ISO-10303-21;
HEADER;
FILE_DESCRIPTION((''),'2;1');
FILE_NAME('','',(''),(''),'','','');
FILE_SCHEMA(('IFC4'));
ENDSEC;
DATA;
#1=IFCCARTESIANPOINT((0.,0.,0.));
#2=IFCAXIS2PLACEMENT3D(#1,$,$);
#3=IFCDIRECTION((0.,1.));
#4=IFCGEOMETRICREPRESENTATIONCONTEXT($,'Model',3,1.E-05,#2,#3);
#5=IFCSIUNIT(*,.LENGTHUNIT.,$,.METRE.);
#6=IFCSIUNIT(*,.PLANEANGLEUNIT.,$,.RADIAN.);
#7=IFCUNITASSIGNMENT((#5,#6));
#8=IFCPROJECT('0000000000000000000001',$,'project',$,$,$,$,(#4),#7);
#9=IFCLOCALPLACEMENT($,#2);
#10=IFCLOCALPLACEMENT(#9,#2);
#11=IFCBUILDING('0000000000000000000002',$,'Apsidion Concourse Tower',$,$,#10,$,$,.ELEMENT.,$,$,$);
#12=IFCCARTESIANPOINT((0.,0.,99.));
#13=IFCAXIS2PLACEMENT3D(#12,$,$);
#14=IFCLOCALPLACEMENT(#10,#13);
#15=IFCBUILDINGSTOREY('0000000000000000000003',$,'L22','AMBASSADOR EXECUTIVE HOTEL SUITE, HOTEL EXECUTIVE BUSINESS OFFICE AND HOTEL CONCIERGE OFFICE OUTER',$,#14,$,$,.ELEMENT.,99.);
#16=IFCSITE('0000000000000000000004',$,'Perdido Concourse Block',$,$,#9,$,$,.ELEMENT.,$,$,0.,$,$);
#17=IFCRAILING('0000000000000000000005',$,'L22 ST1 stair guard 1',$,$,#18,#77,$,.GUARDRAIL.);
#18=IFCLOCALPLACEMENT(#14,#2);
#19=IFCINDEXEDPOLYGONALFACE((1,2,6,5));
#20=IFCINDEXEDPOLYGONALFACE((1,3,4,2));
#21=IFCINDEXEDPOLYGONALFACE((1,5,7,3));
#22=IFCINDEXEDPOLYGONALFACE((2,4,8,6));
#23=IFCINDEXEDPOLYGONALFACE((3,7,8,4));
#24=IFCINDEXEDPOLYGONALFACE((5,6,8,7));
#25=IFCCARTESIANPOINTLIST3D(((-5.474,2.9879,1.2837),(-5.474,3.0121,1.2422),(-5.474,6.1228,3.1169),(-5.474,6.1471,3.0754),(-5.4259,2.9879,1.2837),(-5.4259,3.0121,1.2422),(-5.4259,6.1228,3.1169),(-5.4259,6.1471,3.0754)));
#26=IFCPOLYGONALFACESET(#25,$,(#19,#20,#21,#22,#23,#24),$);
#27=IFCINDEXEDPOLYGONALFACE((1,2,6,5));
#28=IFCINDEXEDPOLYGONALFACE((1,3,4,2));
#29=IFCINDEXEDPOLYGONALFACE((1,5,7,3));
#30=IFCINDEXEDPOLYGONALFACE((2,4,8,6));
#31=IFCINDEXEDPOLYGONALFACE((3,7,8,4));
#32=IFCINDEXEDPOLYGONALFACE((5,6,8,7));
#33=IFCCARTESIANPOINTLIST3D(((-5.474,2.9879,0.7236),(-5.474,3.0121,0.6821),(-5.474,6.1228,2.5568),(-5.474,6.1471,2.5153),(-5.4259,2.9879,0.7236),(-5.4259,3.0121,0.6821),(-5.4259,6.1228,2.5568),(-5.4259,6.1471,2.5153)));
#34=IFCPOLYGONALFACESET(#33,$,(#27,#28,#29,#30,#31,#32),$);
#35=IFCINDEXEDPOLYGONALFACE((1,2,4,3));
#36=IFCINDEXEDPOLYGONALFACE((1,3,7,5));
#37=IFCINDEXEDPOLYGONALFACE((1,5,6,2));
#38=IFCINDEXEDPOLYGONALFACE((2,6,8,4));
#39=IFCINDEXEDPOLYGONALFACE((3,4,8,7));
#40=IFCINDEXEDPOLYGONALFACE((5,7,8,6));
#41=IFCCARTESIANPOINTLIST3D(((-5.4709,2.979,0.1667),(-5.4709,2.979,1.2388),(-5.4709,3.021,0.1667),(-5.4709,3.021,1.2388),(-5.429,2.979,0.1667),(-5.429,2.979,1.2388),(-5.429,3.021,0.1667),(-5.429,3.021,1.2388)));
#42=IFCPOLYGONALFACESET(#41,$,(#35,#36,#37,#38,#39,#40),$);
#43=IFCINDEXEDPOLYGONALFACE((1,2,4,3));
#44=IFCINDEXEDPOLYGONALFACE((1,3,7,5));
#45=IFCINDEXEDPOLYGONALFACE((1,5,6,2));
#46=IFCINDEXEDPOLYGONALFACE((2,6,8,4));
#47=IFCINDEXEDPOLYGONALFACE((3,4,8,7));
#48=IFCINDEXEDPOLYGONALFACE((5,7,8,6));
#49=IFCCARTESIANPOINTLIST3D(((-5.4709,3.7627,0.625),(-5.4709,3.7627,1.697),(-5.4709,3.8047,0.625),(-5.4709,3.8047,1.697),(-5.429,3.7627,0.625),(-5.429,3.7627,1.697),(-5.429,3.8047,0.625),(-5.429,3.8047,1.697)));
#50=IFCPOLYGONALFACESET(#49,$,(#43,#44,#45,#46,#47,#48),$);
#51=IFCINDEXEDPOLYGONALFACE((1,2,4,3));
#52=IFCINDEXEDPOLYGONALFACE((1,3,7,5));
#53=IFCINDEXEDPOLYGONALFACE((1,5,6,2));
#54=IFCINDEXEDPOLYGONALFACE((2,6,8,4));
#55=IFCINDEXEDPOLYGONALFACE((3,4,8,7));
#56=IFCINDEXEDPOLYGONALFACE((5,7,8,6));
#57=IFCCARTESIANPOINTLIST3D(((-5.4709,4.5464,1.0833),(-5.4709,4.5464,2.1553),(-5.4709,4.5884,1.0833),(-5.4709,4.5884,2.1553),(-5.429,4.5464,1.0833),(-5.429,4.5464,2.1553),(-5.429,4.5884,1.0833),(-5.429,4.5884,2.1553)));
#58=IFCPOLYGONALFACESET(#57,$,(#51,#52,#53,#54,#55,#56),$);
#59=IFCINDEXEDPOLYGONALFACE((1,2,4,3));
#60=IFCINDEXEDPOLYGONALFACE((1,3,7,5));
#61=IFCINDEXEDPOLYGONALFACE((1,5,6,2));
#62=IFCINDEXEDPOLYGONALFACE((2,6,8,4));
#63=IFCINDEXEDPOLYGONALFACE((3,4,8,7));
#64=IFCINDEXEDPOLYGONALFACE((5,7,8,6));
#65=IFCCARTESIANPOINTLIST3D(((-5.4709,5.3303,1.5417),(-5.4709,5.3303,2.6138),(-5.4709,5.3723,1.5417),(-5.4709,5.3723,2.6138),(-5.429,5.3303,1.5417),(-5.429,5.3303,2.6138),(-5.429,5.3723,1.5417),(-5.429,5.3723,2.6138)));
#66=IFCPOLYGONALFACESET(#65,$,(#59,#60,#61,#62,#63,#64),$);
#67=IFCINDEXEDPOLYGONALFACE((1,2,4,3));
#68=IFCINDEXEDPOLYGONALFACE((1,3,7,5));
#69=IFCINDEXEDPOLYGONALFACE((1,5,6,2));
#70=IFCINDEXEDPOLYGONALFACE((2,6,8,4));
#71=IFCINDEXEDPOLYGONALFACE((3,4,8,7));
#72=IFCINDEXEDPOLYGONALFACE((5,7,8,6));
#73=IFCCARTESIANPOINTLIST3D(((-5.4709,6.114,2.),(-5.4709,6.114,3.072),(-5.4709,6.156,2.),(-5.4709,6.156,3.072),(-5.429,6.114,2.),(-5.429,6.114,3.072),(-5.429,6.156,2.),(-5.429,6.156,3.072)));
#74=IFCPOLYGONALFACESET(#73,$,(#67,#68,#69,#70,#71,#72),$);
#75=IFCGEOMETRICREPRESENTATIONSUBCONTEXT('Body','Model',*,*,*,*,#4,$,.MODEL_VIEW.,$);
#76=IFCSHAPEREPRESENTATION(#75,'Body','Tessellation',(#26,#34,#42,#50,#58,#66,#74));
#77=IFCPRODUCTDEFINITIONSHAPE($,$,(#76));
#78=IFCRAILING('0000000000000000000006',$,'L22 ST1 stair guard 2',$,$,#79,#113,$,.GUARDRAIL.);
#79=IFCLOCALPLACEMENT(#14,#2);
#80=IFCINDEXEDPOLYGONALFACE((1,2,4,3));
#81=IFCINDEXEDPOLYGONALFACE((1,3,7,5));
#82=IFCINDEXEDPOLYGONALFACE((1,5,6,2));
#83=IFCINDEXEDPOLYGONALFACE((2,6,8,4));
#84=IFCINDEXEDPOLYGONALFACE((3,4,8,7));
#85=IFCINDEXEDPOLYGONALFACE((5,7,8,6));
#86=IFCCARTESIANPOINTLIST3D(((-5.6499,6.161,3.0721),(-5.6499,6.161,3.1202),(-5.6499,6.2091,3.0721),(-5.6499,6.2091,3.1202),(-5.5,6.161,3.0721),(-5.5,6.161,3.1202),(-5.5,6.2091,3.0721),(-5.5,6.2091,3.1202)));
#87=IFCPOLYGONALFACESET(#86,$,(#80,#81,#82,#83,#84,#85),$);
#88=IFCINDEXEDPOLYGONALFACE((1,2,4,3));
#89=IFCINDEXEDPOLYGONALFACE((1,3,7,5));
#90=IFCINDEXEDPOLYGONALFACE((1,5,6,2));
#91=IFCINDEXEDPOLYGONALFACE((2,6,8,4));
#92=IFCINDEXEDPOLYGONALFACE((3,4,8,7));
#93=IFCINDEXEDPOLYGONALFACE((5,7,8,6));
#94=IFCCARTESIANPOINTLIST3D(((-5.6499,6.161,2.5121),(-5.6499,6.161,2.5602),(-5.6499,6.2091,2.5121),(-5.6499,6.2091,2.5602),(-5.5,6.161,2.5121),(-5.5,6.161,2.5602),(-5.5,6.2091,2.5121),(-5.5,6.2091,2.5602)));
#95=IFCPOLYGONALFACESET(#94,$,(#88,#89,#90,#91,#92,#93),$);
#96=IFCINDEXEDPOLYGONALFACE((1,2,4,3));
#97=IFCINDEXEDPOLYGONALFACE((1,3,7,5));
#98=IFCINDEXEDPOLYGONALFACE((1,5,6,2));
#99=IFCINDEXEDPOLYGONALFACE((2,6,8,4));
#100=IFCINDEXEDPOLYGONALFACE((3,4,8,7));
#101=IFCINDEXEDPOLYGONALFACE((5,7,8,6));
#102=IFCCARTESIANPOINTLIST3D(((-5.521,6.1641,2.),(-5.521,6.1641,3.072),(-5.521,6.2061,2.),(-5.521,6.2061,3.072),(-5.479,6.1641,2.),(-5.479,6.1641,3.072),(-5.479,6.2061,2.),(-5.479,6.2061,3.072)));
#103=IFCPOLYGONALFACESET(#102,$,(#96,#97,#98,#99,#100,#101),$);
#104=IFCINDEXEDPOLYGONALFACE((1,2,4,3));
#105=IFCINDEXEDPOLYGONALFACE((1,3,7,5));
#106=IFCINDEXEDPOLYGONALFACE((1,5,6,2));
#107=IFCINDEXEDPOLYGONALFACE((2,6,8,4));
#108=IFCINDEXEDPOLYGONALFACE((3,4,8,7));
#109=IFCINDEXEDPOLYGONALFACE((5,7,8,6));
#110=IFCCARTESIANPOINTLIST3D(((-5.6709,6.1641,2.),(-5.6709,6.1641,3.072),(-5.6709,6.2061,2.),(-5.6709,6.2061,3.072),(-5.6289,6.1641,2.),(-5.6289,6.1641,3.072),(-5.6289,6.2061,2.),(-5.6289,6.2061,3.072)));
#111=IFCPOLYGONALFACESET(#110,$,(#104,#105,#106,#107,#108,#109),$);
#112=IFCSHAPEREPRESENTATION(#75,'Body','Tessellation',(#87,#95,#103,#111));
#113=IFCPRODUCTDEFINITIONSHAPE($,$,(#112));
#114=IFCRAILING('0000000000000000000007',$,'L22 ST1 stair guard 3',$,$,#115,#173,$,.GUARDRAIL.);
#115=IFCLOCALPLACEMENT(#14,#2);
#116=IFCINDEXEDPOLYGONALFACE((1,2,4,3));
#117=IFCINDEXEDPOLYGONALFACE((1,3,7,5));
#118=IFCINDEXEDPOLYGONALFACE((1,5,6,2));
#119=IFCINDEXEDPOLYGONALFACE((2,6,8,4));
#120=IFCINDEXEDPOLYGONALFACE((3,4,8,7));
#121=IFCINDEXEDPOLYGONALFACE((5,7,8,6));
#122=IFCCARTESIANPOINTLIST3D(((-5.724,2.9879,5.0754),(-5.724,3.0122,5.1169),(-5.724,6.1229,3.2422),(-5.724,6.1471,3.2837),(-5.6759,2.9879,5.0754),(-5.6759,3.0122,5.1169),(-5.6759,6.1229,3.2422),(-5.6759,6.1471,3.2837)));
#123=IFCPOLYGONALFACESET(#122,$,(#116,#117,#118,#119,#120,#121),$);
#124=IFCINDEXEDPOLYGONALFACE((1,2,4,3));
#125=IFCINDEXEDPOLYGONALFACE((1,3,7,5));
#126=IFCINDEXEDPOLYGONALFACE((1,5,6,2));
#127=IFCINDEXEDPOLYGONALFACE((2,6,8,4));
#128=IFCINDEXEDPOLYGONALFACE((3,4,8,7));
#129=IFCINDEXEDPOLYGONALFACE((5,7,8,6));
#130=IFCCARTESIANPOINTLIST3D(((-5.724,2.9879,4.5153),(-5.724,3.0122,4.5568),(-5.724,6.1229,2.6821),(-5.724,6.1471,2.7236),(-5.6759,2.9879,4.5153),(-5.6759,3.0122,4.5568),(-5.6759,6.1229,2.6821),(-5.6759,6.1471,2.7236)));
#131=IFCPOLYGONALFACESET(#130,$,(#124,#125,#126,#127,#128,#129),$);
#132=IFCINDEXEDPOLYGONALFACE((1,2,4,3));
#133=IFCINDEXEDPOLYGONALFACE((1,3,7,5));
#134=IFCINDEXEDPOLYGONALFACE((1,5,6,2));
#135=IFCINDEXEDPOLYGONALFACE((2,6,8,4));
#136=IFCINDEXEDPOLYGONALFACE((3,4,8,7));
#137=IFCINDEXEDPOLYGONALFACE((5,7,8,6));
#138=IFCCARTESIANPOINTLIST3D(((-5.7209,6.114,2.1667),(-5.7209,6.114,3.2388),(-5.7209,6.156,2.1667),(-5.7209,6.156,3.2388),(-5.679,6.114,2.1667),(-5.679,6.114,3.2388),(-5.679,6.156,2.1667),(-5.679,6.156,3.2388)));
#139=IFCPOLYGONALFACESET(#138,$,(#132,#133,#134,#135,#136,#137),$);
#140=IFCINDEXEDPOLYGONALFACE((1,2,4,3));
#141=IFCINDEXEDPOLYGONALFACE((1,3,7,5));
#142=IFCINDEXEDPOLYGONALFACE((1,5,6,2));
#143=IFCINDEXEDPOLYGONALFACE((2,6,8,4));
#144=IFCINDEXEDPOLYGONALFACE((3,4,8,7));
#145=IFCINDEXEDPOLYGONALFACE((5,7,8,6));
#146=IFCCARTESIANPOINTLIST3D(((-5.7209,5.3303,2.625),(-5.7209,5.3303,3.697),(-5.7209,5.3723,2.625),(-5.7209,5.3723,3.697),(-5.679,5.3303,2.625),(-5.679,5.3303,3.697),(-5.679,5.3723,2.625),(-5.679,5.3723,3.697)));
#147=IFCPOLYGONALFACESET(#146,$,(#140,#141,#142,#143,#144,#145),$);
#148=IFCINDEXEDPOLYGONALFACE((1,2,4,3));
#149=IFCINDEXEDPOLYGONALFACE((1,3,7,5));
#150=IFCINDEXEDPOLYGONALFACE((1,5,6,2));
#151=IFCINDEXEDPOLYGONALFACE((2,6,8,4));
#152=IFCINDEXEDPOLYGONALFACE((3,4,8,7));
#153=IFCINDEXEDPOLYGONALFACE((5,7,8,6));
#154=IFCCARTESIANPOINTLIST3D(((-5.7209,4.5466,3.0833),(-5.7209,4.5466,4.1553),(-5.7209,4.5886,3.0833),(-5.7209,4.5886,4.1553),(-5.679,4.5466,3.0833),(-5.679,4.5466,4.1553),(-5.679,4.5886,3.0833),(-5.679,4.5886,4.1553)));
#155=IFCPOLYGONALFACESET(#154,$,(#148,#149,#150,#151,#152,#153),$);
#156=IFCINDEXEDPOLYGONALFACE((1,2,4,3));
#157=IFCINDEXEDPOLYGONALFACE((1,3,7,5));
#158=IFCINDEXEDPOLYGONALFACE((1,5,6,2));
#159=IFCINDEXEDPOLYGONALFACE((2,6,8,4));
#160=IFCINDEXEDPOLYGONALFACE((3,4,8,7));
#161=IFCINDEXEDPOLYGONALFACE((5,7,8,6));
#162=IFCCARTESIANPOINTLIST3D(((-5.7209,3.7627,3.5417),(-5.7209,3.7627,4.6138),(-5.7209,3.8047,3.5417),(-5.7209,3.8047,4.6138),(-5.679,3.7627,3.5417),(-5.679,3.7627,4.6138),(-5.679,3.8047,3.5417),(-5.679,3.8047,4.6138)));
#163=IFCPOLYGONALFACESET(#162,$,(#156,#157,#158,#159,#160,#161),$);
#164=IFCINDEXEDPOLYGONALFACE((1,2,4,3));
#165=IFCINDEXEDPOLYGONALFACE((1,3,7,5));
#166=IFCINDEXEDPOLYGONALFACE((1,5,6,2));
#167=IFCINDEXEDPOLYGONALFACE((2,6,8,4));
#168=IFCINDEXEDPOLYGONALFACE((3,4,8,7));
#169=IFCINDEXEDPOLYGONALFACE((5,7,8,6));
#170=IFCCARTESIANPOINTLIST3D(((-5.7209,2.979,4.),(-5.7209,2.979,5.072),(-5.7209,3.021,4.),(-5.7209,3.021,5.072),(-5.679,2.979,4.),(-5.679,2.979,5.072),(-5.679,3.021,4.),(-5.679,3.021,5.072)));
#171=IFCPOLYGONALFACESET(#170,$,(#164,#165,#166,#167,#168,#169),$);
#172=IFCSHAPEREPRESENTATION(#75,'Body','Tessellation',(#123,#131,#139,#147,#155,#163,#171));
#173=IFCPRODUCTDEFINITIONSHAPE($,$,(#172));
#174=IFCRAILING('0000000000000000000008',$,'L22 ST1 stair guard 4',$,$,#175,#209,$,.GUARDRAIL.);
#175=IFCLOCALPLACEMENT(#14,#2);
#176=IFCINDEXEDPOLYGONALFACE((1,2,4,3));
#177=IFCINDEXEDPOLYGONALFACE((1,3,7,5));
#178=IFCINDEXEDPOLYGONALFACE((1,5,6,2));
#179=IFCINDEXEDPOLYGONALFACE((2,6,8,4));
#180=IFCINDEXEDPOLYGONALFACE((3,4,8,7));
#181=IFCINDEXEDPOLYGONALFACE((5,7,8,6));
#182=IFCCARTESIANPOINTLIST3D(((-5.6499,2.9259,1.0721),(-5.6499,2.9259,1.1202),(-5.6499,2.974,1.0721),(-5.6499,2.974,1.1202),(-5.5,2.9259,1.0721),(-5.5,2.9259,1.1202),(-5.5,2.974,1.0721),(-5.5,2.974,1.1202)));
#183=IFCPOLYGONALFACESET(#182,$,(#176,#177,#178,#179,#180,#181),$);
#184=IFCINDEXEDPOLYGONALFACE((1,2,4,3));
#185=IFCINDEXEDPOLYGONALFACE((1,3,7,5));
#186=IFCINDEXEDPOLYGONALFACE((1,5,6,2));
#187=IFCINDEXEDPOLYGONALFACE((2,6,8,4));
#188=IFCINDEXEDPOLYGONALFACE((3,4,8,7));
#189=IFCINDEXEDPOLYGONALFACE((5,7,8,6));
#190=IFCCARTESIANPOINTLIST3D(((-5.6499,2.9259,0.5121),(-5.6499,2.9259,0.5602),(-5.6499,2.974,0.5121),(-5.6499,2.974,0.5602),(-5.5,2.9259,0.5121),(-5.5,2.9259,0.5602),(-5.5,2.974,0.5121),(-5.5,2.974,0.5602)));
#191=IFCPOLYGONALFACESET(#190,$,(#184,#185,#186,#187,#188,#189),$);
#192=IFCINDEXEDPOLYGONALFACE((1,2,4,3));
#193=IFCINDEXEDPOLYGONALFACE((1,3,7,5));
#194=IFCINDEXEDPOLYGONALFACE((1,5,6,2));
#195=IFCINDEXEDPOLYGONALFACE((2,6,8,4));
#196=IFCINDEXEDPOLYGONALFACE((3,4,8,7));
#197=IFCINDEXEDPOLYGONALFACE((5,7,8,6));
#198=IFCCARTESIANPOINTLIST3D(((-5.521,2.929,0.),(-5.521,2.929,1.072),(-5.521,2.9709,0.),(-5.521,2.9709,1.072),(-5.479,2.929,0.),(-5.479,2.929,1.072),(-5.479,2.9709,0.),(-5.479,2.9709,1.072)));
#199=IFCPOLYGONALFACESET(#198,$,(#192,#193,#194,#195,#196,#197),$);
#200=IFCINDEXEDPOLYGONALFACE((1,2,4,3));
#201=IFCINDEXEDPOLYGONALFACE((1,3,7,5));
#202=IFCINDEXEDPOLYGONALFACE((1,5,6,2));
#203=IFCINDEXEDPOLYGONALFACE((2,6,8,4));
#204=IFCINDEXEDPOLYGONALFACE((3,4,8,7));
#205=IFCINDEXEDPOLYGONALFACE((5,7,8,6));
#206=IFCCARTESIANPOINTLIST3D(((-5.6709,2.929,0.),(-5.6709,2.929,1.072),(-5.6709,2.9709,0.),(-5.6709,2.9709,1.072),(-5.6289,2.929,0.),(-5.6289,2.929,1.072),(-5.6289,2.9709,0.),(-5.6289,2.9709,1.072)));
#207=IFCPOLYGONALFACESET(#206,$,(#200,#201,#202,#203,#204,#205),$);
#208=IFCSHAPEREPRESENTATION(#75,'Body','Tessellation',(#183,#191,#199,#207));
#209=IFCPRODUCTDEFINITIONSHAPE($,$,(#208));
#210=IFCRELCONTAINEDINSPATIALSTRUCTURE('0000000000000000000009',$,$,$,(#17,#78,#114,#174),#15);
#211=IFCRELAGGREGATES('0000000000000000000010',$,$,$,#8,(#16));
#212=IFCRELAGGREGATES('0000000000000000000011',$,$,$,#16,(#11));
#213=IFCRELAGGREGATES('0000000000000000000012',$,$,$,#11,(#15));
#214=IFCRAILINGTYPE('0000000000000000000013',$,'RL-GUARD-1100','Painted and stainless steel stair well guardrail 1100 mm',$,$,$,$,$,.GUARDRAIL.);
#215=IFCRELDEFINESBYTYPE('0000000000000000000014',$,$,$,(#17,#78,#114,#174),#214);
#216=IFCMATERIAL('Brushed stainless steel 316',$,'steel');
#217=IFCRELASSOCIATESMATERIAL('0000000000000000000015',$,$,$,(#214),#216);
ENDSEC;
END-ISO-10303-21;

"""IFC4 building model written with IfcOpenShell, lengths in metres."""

from ifc_helpers import new_model, si_unit, direction, frame, origin, origin_2d, place, context, subcontext, project, spatial, rectangle, extrude, material, type_object, element, save


model = new_model("IFC4")

# Units and contexts
model_context = context("Model", 3, precision=1e-05, world=origin(), true_north=direction((0.0, 1.0)))
body_context = subcontext(model_context, "Body", "Model", "MODEL_VIEW")
ifc_project = project(units=[si_unit("LENGTHUNIT", "METRE"), si_unit("PLANEANGLEUNIT", "RADIAN")], contexts=[model_context])

# Site, building, storey
site_placement = place(None, origin())
site = spatial("IfcSite", under=ifc_project, at=site_placement, Name="Perdido Concourse Block", CompositionType="ELEMENT", RefElevation=0.0)
building_placement = place(site_placement, origin())
building = spatial("IfcBuilding", under=site, at=building_placement, Name="Apsidion Concourse Tower", CompositionType="ELEMENT")
storey_placement = place(building_placement, frame((0.0, 0.0, 99.0)))
storey = spatial("IfcBuildingStorey", under=building, at=storey_placement, Name="L22", Description="AMBASSADOR EXECUTIVE HOTEL SUITE, HOTEL EXECUTIVE BUSINESS OFFICE AND HOTEL CONCIERGE OFFICE OUTER", CompositionType="ELEMENT", Elevation=99.0)

# Shared definitions
ifc_material_1 = material(Name="Brushed stainless steel 316", Category="steel")

# Railings
railing_type_1 = type_object("IfcRailingType", Name="RL-GUARD-1100", Description="Painted and stainless steel stair well guardrail 1100 mm", PredefinedType="GUARDRAIL", material=ifc_material_1)
railing_1_placement = place(storey_placement, frame((-5.45, 3.0, 0.1667)))
element("IfcRailing", 1, at=railing_1_placement, inside=storey, type_object=railing_type_1, Name="L22 ST1 stair guard 1", PredefinedType="GUARDRAIL", context=body_context, shape_type="SweptSolid", body=[
    extrude(rectangle(XDim=0.0481, YDim=0.0481, at=origin_2d()), frame((0.0, 0.0, 1.0962), z_axis=(0.0, 0.86324, 0.504794), x_axis=(-1.0, 0.0, 0.0)), (0.0, 0.0, 1.0), 3.6316),
    extrude(rectangle(XDim=0.0481, YDim=0.0481, at=origin_2d()), frame((0.0, 0.0, 0.5361), z_axis=(0.0, 0.86324, 0.504794), x_axis=(-1.0, 0.0, 0.0)), (0.0, 0.0, 1.0), 3.6316),
    extrude(rectangle(XDim=0.042, YDim=0.042, at=origin_2d()), origin(), (0.0, 0.0, 1.0), 1.072),
    extrude(rectangle(XDim=0.042, YDim=0.042, at=origin_2d()), frame((0.0, 0.7837, 0.4583)), (0.0, 0.0, 1.0), 1.072),
    extrude(rectangle(XDim=0.042, YDim=0.042, at=origin_2d()), frame((0.0, 1.5674, 0.9165)), (0.0, 0.0, 1.0), 1.072),
    extrude(rectangle(XDim=0.042, YDim=0.042, at=origin_2d()), frame((0.0, 2.3513, 1.375)), (0.0, 0.0, 1.0), 1.072),
    extrude(rectangle(XDim=0.042, YDim=0.042, at=origin_2d()), frame((0.0, 3.135, 1.8333)), (0.0, 0.0, 1.0), 1.072),
])
railing_2_placement = place(storey_placement, frame((-5.5, 6.1851, 2.0)))
element("IfcRailing", 2, at=railing_2_placement, inside=storey, type_object=railing_type_1, Name="L22 ST1 stair guard 2", PredefinedType="GUARDRAIL", context=body_context, shape_type="SweptSolid", body=[
    extrude(rectangle(XDim=0.0481, YDim=0.0481, at=origin_2d()), frame((0.0, 0.0, 1.0962), z_axis=(-1.0, 0.0, 0.0), x_axis=(0.0, -1.0, 0.0)), (0.0, 0.0, 1.0), 0.1499),
    extrude(rectangle(XDim=0.0481, YDim=0.0481, at=origin_2d()), frame((0.0, 0.0, 0.5361), z_axis=(-1.0, 0.0, 0.0), x_axis=(0.0, -1.0, 0.0)), (0.0, 0.0, 1.0), 0.1499),
    extrude(rectangle(XDim=0.042, YDim=0.042, at=origin_2d()), origin(), (0.0, 0.0, 1.0), 1.072),
    extrude(rectangle(XDim=0.042, YDim=0.042, at=origin_2d()), frame((-0.1499, 0.0, 0.0)), (0.0, 0.0, 1.0), 1.072),
])
railing_3_placement = place(storey_placement, frame((-5.7, 6.135, 2.1667)))
element("IfcRailing", 3, at=railing_3_placement, inside=storey, type_object=railing_type_1, Name="L22 ST1 stair guard 3", PredefinedType="GUARDRAIL", context=body_context, shape_type="SweptSolid", body=[
    extrude(rectangle(XDim=0.0481, YDim=0.0481, at=origin_2d()), frame((0.0, 0.0, 1.0962), z_axis=(0.0, -0.86324, 0.504794), x_axis=(1.0, 0.0, 0.0)), (0.0, 0.0, 1.0), 3.6316),
    extrude(rectangle(XDim=0.0481, YDim=0.0481, at=origin_2d()), frame((0.0, 0.0, 0.5361), z_axis=(0.0, -0.86324, 0.504794), x_axis=(1.0, 0.0, 0.0)), (0.0, 0.0, 1.0), 3.6316),
    extrude(rectangle(XDim=0.042, YDim=0.042, at=origin_2d()), origin(), (0.0, 0.0, 1.0), 1.072),
    extrude(rectangle(XDim=0.042, YDim=0.042, at=origin_2d()), frame((0.0, -0.7837, 0.4583)), (0.0, 0.0, 1.0), 1.072),
    extrude(rectangle(XDim=0.042, YDim=0.042, at=origin_2d()), frame((0.0, -1.5674, 0.9165)), (0.0, 0.0, 1.0), 1.072),
    extrude(rectangle(XDim=0.042, YDim=0.042, at=origin_2d()), frame((0.0, -2.3513, 1.375)), (0.0, 0.0, 1.0), 1.072),
    extrude(rectangle(XDim=0.042, YDim=0.042, at=origin_2d()), frame((0.0, -3.135, 1.8333)), (0.0, 0.0, 1.0), 1.072),
])
railing_4_placement = place(storey_placement, frame((-5.5, 2.95, 0.0)))
element("IfcRailing", 4, at=railing_4_placement, inside=storey, type_object=railing_type_1, Name="L22 ST1 stair guard 4", PredefinedType="GUARDRAIL", context=body_context, shape_type="SweptSolid", body=[
    extrude(rectangle(XDim=0.0481, YDim=0.0481, at=origin_2d()), frame((0.0, 0.0, 1.0962), z_axis=(-1.0, 0.0, 0.0), x_axis=(0.0, -1.0, 0.0)), (0.0, 0.0, 1.0), 0.1499),
    extrude(rectangle(XDim=0.0481, YDim=0.0481, at=origin_2d()), frame((0.0, 0.0, 0.5361), z_axis=(-1.0, 0.0, 0.0), x_axis=(0.0, -1.0, 0.0)), (0.0, 0.0, 1.0), 0.1499),
    extrude(rectangle(XDim=0.042, YDim=0.042, at=origin_2d()), origin(), (0.0, 0.0, 1.0), 1.072),
    extrude(rectangle(XDim=0.042, YDim=0.042, at=origin_2d()), frame((-0.1499, 0.0, 0.0)), (0.0, 0.0, 1.0), 1.072),
])

save(model, "model.ifc")
